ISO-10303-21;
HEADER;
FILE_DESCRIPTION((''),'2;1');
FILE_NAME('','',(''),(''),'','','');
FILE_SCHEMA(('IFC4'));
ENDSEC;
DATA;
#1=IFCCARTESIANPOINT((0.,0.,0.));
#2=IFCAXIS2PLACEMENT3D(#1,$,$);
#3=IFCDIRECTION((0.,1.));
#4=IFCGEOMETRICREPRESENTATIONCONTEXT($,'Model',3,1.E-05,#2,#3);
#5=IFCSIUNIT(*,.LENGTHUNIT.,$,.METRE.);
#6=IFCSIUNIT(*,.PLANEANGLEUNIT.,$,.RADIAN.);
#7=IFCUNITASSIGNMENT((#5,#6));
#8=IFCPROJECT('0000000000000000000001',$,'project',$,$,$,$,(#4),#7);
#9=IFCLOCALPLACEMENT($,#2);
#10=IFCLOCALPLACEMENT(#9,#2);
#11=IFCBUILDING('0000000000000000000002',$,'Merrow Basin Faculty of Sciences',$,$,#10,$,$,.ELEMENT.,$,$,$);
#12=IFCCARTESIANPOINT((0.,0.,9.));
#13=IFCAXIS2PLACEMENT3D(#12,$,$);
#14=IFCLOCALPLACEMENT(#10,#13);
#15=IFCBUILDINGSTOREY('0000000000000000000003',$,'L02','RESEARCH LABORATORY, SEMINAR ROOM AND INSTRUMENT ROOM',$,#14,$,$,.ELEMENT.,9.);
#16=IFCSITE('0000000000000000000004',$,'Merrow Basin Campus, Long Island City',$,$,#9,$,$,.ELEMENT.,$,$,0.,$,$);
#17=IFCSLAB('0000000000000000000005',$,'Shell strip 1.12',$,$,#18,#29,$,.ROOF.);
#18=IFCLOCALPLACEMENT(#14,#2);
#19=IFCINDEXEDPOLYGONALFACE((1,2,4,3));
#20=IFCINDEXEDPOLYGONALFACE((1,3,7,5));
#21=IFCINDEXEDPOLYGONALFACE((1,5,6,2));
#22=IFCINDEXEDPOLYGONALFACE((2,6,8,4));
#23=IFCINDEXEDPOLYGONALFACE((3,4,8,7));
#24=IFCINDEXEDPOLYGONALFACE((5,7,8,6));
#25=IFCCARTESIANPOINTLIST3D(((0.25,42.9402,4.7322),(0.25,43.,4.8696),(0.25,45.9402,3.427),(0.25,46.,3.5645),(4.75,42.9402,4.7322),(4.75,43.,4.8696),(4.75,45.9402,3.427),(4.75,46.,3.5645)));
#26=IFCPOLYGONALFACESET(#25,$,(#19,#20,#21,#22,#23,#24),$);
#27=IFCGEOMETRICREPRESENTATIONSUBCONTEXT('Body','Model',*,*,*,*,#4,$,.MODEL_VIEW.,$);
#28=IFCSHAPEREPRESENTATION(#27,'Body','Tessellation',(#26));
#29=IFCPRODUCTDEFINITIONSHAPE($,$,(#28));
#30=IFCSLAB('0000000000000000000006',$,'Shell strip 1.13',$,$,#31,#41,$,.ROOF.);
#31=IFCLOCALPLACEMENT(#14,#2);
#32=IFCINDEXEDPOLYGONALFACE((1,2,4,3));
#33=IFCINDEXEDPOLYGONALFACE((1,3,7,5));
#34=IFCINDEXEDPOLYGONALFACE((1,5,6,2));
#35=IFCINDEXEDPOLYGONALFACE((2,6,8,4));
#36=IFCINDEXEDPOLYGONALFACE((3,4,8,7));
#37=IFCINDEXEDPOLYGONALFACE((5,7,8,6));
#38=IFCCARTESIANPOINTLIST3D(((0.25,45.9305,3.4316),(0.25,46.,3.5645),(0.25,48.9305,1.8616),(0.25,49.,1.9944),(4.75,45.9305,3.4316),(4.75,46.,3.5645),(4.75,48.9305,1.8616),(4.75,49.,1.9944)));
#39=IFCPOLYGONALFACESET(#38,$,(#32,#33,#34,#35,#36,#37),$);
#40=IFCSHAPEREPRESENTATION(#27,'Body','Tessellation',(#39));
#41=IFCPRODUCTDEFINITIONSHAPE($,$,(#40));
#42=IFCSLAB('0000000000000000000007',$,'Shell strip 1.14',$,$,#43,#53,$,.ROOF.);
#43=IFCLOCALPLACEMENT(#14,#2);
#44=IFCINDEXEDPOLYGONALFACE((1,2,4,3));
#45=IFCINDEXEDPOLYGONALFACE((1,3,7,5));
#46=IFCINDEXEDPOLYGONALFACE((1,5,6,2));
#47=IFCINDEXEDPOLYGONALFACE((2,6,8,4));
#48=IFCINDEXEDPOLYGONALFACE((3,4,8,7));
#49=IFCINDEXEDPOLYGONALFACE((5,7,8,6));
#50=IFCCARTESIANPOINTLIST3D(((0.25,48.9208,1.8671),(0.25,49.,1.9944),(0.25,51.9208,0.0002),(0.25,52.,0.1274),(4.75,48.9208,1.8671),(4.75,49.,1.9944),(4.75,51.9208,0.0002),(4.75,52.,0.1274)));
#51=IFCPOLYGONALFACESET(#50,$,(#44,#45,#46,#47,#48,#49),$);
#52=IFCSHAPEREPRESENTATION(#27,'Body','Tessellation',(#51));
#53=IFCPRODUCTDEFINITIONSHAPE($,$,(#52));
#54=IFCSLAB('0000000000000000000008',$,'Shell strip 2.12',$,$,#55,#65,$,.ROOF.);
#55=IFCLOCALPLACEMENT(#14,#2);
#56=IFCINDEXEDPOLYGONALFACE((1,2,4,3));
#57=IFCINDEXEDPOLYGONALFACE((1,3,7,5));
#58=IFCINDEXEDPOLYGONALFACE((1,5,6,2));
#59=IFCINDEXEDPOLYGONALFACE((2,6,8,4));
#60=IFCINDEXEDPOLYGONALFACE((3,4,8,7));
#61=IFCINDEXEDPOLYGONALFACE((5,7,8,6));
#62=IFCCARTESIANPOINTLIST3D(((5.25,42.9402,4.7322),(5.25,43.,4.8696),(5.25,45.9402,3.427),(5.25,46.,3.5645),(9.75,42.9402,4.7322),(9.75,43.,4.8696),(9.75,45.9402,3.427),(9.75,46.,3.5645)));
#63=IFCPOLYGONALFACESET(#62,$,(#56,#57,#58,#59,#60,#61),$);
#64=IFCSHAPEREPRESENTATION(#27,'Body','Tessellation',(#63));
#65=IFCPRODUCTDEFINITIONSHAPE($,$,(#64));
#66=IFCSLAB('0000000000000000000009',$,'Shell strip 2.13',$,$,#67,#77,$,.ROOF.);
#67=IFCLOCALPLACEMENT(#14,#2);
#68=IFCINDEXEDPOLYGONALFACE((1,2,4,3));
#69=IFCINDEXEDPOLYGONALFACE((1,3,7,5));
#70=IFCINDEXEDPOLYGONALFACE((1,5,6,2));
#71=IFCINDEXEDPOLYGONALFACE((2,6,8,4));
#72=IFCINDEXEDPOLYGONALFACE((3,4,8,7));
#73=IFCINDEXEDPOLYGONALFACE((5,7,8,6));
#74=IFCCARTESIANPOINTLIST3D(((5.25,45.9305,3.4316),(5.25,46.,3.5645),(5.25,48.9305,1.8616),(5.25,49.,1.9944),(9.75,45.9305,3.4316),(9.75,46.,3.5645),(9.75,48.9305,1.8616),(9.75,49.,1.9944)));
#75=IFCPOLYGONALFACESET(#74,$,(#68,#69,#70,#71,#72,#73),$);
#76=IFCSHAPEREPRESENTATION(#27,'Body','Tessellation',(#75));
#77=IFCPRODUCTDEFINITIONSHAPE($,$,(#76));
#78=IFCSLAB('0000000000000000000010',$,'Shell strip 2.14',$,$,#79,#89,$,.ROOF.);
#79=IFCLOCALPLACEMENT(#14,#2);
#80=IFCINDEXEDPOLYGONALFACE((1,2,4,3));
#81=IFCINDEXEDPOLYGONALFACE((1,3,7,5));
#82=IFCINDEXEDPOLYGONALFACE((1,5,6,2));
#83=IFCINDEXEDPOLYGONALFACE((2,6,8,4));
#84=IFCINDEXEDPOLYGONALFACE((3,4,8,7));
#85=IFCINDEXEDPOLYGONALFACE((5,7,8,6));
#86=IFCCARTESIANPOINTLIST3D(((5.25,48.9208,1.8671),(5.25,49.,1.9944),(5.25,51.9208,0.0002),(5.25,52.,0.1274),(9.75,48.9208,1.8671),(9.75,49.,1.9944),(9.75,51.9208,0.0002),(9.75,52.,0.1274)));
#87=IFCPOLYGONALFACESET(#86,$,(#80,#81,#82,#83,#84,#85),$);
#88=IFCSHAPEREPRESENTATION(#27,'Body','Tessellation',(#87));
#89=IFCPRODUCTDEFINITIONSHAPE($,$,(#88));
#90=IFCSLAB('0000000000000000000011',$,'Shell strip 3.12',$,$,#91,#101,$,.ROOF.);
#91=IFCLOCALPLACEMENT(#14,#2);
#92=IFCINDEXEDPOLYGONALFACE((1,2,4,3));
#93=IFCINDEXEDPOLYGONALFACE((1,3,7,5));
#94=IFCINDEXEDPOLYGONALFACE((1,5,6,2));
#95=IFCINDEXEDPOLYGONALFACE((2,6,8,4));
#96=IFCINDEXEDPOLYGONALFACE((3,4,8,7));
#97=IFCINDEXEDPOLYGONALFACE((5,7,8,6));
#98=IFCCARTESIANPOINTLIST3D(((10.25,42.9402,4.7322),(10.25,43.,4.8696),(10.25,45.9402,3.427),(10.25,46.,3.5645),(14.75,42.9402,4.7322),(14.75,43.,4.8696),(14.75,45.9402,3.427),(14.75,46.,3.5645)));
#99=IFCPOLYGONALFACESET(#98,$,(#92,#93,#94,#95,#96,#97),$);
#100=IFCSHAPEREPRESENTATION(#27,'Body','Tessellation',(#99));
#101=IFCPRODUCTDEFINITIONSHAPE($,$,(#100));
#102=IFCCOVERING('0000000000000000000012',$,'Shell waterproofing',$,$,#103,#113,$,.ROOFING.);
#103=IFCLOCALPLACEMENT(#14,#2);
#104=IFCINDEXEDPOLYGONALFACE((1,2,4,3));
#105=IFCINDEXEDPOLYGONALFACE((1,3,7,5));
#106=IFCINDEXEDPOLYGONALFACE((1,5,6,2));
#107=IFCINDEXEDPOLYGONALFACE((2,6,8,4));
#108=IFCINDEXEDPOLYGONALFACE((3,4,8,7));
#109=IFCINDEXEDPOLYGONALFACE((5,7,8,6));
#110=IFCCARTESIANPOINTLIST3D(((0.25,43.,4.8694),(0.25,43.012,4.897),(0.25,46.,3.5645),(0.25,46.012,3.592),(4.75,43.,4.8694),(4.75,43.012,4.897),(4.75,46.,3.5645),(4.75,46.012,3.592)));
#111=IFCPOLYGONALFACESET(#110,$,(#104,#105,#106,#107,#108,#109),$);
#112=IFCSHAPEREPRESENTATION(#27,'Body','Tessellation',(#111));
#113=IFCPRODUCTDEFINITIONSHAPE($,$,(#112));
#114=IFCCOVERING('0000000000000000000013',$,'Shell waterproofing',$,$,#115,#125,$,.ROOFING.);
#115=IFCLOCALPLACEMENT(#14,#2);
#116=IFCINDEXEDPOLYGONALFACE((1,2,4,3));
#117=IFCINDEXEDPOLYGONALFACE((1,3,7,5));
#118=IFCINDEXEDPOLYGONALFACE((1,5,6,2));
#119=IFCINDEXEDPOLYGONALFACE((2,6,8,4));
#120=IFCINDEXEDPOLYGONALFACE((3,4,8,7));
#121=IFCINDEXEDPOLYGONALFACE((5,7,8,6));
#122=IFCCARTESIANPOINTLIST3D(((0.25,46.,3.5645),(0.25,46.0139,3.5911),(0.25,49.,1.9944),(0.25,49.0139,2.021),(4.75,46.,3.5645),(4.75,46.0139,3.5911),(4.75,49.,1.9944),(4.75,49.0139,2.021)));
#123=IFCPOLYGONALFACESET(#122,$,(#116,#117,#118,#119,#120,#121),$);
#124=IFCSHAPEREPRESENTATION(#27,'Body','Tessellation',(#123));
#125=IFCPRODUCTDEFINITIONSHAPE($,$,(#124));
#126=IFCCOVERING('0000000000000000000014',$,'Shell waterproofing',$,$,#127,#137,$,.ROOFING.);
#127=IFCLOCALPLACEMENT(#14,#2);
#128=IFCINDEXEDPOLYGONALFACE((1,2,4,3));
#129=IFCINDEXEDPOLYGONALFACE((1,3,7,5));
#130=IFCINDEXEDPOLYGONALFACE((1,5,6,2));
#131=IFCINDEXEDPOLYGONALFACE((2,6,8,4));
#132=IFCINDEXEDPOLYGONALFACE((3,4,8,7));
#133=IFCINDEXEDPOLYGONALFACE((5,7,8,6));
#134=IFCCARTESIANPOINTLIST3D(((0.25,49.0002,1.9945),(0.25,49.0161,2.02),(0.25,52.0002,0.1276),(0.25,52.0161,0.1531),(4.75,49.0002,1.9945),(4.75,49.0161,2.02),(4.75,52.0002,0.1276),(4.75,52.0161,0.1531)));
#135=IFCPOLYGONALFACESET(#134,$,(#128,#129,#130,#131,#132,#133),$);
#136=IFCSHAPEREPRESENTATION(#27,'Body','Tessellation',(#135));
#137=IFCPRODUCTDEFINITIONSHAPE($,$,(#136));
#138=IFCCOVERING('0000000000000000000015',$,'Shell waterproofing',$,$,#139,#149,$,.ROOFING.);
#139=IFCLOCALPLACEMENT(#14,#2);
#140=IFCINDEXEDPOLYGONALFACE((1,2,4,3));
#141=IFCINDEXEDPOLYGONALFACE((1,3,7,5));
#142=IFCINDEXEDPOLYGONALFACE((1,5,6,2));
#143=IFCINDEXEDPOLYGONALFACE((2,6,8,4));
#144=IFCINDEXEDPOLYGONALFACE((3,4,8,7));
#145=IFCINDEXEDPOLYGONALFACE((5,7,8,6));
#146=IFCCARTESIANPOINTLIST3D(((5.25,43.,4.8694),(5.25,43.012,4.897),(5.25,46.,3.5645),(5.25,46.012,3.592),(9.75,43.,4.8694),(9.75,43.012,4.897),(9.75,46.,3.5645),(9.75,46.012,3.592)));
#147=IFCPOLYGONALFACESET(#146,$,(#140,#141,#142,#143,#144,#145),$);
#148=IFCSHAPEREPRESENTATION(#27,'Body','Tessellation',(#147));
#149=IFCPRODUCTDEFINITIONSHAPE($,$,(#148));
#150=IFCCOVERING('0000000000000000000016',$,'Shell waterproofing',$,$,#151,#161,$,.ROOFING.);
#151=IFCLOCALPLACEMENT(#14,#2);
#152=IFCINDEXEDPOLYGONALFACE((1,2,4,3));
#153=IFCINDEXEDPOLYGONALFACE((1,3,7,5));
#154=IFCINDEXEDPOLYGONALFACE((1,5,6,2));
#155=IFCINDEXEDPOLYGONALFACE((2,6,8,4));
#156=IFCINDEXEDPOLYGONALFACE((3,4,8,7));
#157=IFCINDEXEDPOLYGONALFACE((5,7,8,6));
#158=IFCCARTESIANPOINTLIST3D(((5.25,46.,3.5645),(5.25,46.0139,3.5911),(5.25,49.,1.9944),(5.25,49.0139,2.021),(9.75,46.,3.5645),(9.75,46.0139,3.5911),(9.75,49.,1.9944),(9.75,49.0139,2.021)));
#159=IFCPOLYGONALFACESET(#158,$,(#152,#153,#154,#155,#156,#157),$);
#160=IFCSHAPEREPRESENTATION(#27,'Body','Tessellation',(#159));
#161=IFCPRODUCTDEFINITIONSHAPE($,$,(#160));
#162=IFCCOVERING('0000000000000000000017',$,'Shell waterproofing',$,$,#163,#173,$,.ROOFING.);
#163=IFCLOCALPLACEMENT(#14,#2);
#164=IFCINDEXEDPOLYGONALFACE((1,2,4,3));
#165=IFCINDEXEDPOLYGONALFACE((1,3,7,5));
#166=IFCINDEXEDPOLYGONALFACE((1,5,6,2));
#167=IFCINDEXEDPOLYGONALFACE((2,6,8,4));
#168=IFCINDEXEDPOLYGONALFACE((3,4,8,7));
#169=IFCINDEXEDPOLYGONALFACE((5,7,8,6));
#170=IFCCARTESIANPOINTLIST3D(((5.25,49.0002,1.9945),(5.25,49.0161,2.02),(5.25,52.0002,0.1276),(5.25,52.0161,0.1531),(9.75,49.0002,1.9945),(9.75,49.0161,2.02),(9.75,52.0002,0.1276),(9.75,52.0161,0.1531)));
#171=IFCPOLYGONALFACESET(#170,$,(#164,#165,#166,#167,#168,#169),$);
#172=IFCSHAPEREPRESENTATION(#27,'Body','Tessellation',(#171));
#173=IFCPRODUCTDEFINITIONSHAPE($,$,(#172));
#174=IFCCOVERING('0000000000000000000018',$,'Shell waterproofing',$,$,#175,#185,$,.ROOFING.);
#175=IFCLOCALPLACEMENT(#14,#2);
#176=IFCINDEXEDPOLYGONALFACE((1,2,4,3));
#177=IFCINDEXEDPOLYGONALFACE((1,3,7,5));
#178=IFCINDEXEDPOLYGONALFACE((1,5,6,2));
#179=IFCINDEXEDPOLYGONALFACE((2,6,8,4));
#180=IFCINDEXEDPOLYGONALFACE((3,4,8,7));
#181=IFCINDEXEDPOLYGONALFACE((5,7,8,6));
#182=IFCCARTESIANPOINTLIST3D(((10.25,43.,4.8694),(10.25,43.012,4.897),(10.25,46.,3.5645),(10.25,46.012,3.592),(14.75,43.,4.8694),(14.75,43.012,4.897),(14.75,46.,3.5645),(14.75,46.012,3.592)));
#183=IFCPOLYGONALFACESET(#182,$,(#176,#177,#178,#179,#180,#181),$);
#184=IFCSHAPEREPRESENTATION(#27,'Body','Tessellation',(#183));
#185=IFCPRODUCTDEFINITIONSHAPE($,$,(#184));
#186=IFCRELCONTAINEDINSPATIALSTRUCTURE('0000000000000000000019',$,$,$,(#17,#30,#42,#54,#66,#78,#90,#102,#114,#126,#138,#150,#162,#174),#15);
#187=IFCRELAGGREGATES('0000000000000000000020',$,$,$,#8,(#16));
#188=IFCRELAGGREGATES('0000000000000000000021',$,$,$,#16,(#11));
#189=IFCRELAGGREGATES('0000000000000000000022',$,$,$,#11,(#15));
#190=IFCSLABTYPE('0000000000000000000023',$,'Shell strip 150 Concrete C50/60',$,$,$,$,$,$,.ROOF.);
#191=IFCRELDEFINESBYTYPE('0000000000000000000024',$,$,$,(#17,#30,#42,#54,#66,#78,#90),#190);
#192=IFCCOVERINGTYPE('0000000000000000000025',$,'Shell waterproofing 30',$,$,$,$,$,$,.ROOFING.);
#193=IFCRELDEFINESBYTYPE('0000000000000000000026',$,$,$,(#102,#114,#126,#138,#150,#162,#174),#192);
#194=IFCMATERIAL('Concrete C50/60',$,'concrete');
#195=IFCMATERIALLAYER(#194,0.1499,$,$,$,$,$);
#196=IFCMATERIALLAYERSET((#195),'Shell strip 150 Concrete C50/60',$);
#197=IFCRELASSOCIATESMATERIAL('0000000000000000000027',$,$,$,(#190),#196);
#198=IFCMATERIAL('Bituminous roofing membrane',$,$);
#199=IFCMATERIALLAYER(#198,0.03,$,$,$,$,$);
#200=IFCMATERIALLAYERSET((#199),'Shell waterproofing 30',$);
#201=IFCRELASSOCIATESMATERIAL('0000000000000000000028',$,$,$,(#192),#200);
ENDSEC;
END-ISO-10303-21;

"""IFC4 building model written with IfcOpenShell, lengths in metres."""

from ifc_helpers import new_model, si_unit, direction, frame, origin, place, context, subcontext, project, spatial, polyline, outline, extrude, material, layer, layer_set, type_object, element, save


model = new_model("IFC4")

# Units and contexts
model_context = context("Model", 3, precision=1e-05, world=origin(), true_north=direction((0.0, 1.0)))
body_context = subcontext(model_context, "Body", "Model", "MODEL_VIEW")
ifc_project = project(units=[si_unit("LENGTHUNIT", "METRE"), si_unit("PLANEANGLEUNIT", "RADIAN")], contexts=[model_context])

# Site, building, storey
site_placement = place(None, origin())
site = spatial("IfcSite", under=ifc_project, at=site_placement, Name="Merrow Basin Campus, Long Island City", CompositionType="ELEMENT", RefElevation=0.0)
building_placement = place(site_placement, origin())
building = spatial("IfcBuilding", under=site, at=building_placement, Name="Merrow Basin Faculty of Sciences", CompositionType="ELEMENT")
storey_placement = place(building_placement, frame((0.0, 0.0, 9.0)))
storey = spatial("IfcBuildingStorey", under=building, at=storey_placement, Name="L02", Description="RESEARCH LABORATORY, SEMINAR ROOM AND INSTRUMENT ROOM", CompositionType="ELEMENT", Elevation=9.0)

# Slabs
ifc_material_1 = material(Name="Concrete C50/60", Category="concrete")
ifc_layer_1 = layer(ifc_material_1, 0.1499)
ifc_layer_set_1 = layer_set([ifc_layer_1], Name="Shell strip 150 Concrete C50/60")
slab_type = type_object("IfcSlabType", Name="Shell strip 150 Concrete C50/60", PredefinedType="ROOF", material=ifc_layer_set_1)
slab_1_placement = place(storey_placement, frame((0.25, 43.0, 4.8696), z_axis=(0.0, 0.398939, 0.916977), x_axis=(1.0, 0.0, 0.0)))
element("IfcSlab", 1, at=slab_1_placement, inside=storey, type_object=slab_type, Name="Shell strip 1.12", PredefinedType="ROOF", context=body_context, shape_type="SweptSolid", body=[
    extrude(outline(polyline([(0.0, 0.0), (4.5, 0.0), (4.5, 3.2716), (0.0, 3.2716), (0.0, 0.0)])), origin(), (0.0, 0.0, -1.0), 0.1499),
])
slab_2_placement = place(storey_placement, frame((0.25, 46.0, 3.5645), z_axis=(0.0, 0.463692, 0.885997), x_axis=(1.0, 0.0, 0.0)))
element("IfcSlab", 2, at=slab_2_placement, inside=storey, type_object=slab_type, Name="Shell strip 1.13", PredefinedType="ROOF", context=body_context, shape_type="SweptSolid", body=[
    extrude(outline(polyline([(0.0, 0.0), (4.5, 0.0), (4.5, 3.386), (0.0, 3.386), (0.0, 0.0)])), origin(), (0.0, 0.0, -1.0), 0.1499),
])
slab_3_placement = place(storey_placement, frame((0.25, 49.0, 1.9944), z_axis=(0.0, 0.528358, 0.849021), x_axis=(1.0, 0.0, 0.0)))
element("IfcSlab", 3, at=slab_3_placement, inside=storey, type_object=slab_type, Name="Shell strip 1.14", PredefinedType="ROOF", context=body_context, shape_type="SweptSolid", body=[
    extrude(outline(polyline([(0.0, 0.0), (4.5, 0.0), (4.5, 3.5335), (0.0, 3.5335), (0.0, 0.0)])), origin(), (0.0, 0.0, -1.0), 0.1499),
])
slab_4_placement = place(storey_placement, frame((5.25, 43.0, 4.8696), z_axis=(0.0, 0.398939, 0.916977), x_axis=(1.0, 0.0, 0.0)))
element("IfcSlab", 4, at=slab_4_placement, inside=storey, type_object=slab_type, Name="Shell strip 2.12", PredefinedType="ROOF", context=body_context, shape_type="SweptSolid", body=[
    extrude(outline(polyline([(0.0, 0.0), (4.5, 0.0), (4.5, 3.2716), (0.0, 3.2716), (0.0, 0.0)])), origin(), (0.0, 0.0, -1.0), 0.1499),
])
slab_5_placement = place(storey_placement, frame((5.25, 46.0, 3.5645), z_axis=(0.0, 0.463692, 0.885997), x_axis=(1.0, 0.0, 0.0)))
element("IfcSlab", 5, at=slab_5_placement, inside=storey, type_object=slab_type, Name="Shell strip 2.13", PredefinedType="ROOF", context=body_context, shape_type="SweptSolid", body=[
    extrude(outline(polyline([(0.0, 0.0), (4.5, 0.0), (4.5, 3.386), (0.0, 3.386), (0.0, 0.0)])), origin(), (0.0, 0.0, -1.0), 0.1499),
])
slab_6_placement = place(storey_placement, frame((5.25, 49.0, 1.9944), z_axis=(0.0, 0.528358, 0.849021), x_axis=(1.0, 0.0, 0.0)))
element("IfcSlab", 6, at=slab_6_placement, inside=storey, type_object=slab_type, Name="Shell strip 2.14", PredefinedType="ROOF", context=body_context, shape_type="SweptSolid", body=[
    extrude(outline(polyline([(0.0, 0.0), (4.5, 0.0), (4.5, 3.5335), (0.0, 3.5335), (0.0, 0.0)])), origin(), (0.0, 0.0, -1.0), 0.1499),
])
slab_7_placement = place(storey_placement, frame((10.25, 43.0, 4.8696), z_axis=(0.0, 0.398939, 0.916977), x_axis=(1.0, 0.0, 0.0)))
element("IfcSlab", 7, at=slab_7_placement, inside=storey, type_object=slab_type, Name="Shell strip 3.12", PredefinedType="ROOF", context=body_context, shape_type="SweptSolid", body=[
    extrude(outline(polyline([(0.0, 0.0), (4.5, 0.0), (4.5, 3.2716), (0.0, 3.2716), (0.0, 0.0)])), origin(), (0.0, 0.0, -1.0), 0.1499),
])

# Coverings
ifc_material_2 = material(Name="Bituminous roofing membrane")
ifc_layer_2 = layer(ifc_material_2, 0.03)
ifc_layer_set_2 = layer_set([ifc_layer_2], Name="Shell waterproofing 30")
covering_type_1 = type_object("IfcCoveringType", Name="Shell waterproofing 30", PredefinedType="ROOFING", material=ifc_layer_set_2)
covering_1_placement = place(storey_placement, frame((0.25, 43.012, 4.897), z_axis=(0.0, 0.398876, 0.917005), x_axis=(1.0, 0.0, 0.0)))
element("IfcCovering", 8, at=covering_1_placement, inside=storey, type_object=covering_type_1, Name="Shell waterproofing", PredefinedType="ROOFING", context=body_context, shape_type="SweptSolid", body=[
    extrude(outline(polyline([(0.0, 0.0), (4.5, 0.0), (4.5, 3.2715), (0.0, 3.2715), (0.0, 0.0)])), origin(), (0.0, 0.0, -1.0), 0.03),
])
covering_2_placement = place(storey_placement, frame((0.25, 46.0139, 3.5911), z_axis=(0.0, 0.463692, 0.885997), x_axis=(1.0, 0.0, 0.0)))
element("IfcCovering", 9, at=covering_2_placement, inside=storey, type_object=covering_type_1, Name="Shell waterproofing", PredefinedType="ROOFING", context=body_context, shape_type="SweptSolid", body=[
    extrude(outline(polyline([(0.0, 0.0), (4.5, 0.0), (4.5, 3.386), (0.0, 3.386), (0.0, 0.0)])), origin(), (0.0, 0.0, -1.0), 0.03),
])
covering_3_placement = place(storey_placement, frame((0.25, 49.0161, 2.02), z_axis=(0.0, 0.528358, 0.849021), x_axis=(1.0, 0.0, 0.0)))
element("IfcCovering", 10, at=covering_3_placement, inside=storey, type_object=covering_type_1, Name="Shell waterproofing", PredefinedType="ROOFING", context=body_context, shape_type="SweptSolid", body=[
    extrude(outline(polyline([(0.0, 0.0), (4.5, 0.0), (4.5, 3.5335), (0.0, 3.5335), (0.0, 0.0)])), origin(), (0.0, 0.0, -1.0), 0.03),
])
covering_4_placement = place(storey_placement, frame((5.25, 43.012, 4.897), z_axis=(0.0, 0.398876, 0.917005), x_axis=(1.0, 0.0, 0.0)))
element("IfcCovering", 11, at=covering_4_placement, inside=storey, type_object=covering_type_1, Name="Shell waterproofing", PredefinedType="ROOFING", context=body_context, shape_type="SweptSolid", body=[
    extrude(outline(polyline([(0.0, 0.0), (4.5, 0.0), (4.5, 3.2715), (0.0, 3.2715), (0.0, 0.0)])), origin(), (0.0, 0.0, -1.0), 0.03),
])
covering_5_placement = place(storey_placement, frame((5.25, 46.0139, 3.5911), z_axis=(0.0, 0.463692, 0.885997), x_axis=(1.0, 0.0, 0.0)))
element("IfcCovering", 12, at=covering_5_placement, inside=storey, type_object=covering_type_1, Name="Shell waterproofing", PredefinedType="ROOFING", context=body_context, shape_type="SweptSolid", body=[
    extrude(outline(polyline([(0.0, 0.0), (4.5, 0.0), (4.5, 3.386), (0.0, 3.386), (0.0, 0.0)])), origin(), (0.0, 0.0, -1.0), 0.03),
])
covering_6_placement = place(storey_placement, frame((5.25, 49.0161, 2.02), z_axis=(0.0, 0.528358, 0.849021), x_axis=(1.0, 0.0, 0.0)))
element("IfcCovering", 13, at=covering_6_placement, inside=storey, type_object=covering_type_1, Name="Shell waterproofing", PredefinedType="ROOFING", context=body_context, shape_type="SweptSolid", body=[
    extrude(outline(polyline([(0.0, 0.0), (4.5, 0.0), (4.5, 3.5335), (0.0, 3.5335), (0.0, 0.0)])), origin(), (0.0, 0.0, -1.0), 0.03),
])
covering_7_placement = place(storey_placement, frame((10.25, 43.012, 4.897), z_axis=(0.0, 0.398876, 0.917005), x_axis=(1.0, 0.0, 0.0)))
element("IfcCovering", 14, at=covering_7_placement, inside=storey, type_object=covering_type_1, Name="Shell waterproofing", PredefinedType="ROOFING", context=body_context, shape_type="SweptSolid", body=[
    extrude(outline(polyline([(0.0, 0.0), (4.5, 0.0), (4.5, 3.2715), (0.0, 3.2715), (0.0, 0.0)])), origin(), (0.0, 0.0, -1.0), 0.03),
])

save(model, "model.ifc")
